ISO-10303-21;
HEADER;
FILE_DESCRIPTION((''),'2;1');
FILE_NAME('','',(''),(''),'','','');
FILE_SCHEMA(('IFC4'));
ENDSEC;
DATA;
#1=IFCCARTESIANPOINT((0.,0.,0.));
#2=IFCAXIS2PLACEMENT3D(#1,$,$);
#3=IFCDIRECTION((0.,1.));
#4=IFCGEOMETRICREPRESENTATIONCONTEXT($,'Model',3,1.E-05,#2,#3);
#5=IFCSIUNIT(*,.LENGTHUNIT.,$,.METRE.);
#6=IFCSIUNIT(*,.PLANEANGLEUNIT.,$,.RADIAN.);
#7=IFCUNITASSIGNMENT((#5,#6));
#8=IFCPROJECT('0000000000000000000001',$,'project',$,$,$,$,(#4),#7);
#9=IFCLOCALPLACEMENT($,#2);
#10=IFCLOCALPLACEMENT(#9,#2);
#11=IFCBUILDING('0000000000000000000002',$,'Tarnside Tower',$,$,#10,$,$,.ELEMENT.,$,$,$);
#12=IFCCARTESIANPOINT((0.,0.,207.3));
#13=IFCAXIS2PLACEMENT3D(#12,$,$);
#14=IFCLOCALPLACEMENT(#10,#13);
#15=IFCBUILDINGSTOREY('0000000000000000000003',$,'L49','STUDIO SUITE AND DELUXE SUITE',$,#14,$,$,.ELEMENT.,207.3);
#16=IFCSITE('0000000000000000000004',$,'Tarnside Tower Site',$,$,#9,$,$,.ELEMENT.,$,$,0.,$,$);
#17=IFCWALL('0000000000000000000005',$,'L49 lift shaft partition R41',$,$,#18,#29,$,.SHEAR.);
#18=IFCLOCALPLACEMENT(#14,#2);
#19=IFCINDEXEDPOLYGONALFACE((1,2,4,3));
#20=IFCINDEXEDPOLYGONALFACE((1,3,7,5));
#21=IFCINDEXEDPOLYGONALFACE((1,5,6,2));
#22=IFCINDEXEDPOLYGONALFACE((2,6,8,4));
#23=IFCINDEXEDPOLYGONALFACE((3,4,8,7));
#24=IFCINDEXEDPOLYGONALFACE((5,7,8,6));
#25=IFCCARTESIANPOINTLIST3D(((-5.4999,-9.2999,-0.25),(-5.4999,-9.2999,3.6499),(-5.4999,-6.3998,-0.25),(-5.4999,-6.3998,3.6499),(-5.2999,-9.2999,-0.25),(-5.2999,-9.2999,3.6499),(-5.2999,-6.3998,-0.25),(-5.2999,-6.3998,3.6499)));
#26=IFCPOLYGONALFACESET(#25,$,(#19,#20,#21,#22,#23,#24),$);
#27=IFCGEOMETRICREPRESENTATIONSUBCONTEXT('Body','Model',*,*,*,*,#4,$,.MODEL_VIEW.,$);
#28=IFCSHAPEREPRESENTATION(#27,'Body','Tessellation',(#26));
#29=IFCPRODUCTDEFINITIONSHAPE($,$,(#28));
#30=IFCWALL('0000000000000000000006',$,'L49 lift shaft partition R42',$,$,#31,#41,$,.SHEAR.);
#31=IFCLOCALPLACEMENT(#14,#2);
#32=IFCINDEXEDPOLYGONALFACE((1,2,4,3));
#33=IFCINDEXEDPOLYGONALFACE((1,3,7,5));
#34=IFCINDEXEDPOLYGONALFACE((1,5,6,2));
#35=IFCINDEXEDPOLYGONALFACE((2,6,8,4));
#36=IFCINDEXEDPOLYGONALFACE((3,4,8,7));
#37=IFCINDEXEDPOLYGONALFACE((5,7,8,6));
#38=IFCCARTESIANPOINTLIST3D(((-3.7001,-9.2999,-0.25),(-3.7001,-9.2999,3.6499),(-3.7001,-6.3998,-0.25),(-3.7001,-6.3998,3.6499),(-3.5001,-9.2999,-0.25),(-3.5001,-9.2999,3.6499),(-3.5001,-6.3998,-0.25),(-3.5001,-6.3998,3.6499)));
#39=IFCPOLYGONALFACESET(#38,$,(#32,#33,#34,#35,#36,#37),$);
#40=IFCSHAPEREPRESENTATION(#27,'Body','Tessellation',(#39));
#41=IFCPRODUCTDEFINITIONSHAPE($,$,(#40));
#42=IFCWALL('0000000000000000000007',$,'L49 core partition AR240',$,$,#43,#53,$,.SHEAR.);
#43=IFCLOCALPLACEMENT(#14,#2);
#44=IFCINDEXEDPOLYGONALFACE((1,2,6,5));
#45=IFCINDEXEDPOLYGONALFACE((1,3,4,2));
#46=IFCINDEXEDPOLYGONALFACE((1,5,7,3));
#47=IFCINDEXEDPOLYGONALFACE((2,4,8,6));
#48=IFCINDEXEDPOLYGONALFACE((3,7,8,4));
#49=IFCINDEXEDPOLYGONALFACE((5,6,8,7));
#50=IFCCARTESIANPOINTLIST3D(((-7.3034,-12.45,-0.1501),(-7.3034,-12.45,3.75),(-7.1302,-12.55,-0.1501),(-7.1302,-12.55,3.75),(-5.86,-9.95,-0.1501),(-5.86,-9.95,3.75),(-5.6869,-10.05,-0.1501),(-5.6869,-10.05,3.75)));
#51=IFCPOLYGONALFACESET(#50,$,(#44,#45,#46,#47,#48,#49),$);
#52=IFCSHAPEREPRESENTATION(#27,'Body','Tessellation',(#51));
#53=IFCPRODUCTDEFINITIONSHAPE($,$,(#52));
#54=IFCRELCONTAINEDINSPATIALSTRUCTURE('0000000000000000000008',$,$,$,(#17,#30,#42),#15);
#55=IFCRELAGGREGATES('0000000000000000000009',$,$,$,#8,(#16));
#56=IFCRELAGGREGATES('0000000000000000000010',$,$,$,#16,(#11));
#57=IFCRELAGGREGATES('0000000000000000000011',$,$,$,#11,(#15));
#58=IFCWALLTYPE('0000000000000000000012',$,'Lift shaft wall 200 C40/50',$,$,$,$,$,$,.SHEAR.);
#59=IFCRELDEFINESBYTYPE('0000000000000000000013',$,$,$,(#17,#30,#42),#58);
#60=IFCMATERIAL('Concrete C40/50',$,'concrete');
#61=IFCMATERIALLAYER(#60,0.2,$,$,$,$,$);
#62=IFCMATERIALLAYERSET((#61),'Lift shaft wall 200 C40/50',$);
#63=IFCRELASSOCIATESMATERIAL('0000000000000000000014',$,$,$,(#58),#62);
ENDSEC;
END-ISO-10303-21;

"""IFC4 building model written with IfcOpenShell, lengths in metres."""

from ifc_helpers import new_model, si_unit, direction, frame, frame_2d, origin, place, context, subcontext, project, spatial, rectangle, extrude, material, layer, layer_set, type_object, element, save


model = new_model("IFC4")

# Units and contexts
model_context = context("Model", 3, precision=1e-05, world=origin(), true_north=direction((0.0, 1.0)))
body_context = subcontext(model_context, "Body", "Model", "MODEL_VIEW")
ifc_project = project(units=[si_unit("LENGTHUNIT", "METRE"), si_unit("PLANEANGLEUNIT", "RADIAN")], contexts=[model_context])

# Site, building, storey
site_placement = place(None, origin())
site = spatial("IfcSite", under=ifc_project, at=site_placement, Name="Tarnside Tower Site", CompositionType="ELEMENT", RefElevation=0.0)
building_placement = place(site_placement, origin())
building = spatial("IfcBuilding", under=site, at=building_placement, Name="Tarnside Tower", CompositionType="ELEMENT")
storey_placement = place(building_placement, frame((0.0, 0.0, 207.3)))
storey = spatial("IfcBuildingStorey", under=building, at=storey_placement, Name="L49", Description="STUDIO SUITE AND DELUXE SUITE", CompositionType="ELEMENT", Elevation=207.3)

# Walls
ifc_material_1 = material(Name="Concrete C40/50", Category="concrete")
ifc_layer_1 = layer(ifc_material_1, 0.2)
ifc_layer_set_1 = layer_set([ifc_layer_1], Name="Lift shaft wall 200 C40/50")
wall_type_1 = type_object("IfcWallType", Name="Lift shaft wall 200 C40/50", PredefinedType="SHEAR", material=ifc_layer_set_1)
for number, where, z_axis, x_axis, name in (
    (1, (-5.3999, -9.3, -0.25), (0.0, 0.0, 1.0), (0.0, 1.0, 0.0), "L49 lift shaft partition R41"),
    (2, (-3.6001, -9.3, -0.25), (0.0, 0.0, 1.0), (0.0, 1.0, 0.0), "L49 lift shaft partition R42"),
):
    element("IfcWall", number, at=place(storey_placement, frame(where, z_axis=z_axis, x_axis=x_axis)), inside=storey, type_object=wall_type_1, Name=name, PredefinedType="SHEAR", context=body_context, shape_type="SweptSolid", body=[
        extrude(rectangle(XDim=2.9001, YDim=0.2, at=frame_2d((1.4502, 0.0))), origin(), (0.0, 0.0, 1.0), 3.8999),
    ])
wall_1_placement = place(storey_placement, frame((-5.7734, -10.0, -0.1501), z_axis=(0.0, 0.0, 1.0), x_axis=(-0.499996, -0.866028, 0.0)))
element("IfcWall", 3, at=wall_1_placement, inside=storey, type_object=wall_type_1, Name="L49 core partition AR240", PredefinedType="SHEAR", context=body_context, shape_type="SweptSolid", body=[
    extrude(rectangle(XDim=2.8867, YDim=0.2, at=frame_2d((1.4434, 0.0))), origin(), (0.0, 0.0, 1.0), 3.9001),
])

save(model, "model.ifc")
